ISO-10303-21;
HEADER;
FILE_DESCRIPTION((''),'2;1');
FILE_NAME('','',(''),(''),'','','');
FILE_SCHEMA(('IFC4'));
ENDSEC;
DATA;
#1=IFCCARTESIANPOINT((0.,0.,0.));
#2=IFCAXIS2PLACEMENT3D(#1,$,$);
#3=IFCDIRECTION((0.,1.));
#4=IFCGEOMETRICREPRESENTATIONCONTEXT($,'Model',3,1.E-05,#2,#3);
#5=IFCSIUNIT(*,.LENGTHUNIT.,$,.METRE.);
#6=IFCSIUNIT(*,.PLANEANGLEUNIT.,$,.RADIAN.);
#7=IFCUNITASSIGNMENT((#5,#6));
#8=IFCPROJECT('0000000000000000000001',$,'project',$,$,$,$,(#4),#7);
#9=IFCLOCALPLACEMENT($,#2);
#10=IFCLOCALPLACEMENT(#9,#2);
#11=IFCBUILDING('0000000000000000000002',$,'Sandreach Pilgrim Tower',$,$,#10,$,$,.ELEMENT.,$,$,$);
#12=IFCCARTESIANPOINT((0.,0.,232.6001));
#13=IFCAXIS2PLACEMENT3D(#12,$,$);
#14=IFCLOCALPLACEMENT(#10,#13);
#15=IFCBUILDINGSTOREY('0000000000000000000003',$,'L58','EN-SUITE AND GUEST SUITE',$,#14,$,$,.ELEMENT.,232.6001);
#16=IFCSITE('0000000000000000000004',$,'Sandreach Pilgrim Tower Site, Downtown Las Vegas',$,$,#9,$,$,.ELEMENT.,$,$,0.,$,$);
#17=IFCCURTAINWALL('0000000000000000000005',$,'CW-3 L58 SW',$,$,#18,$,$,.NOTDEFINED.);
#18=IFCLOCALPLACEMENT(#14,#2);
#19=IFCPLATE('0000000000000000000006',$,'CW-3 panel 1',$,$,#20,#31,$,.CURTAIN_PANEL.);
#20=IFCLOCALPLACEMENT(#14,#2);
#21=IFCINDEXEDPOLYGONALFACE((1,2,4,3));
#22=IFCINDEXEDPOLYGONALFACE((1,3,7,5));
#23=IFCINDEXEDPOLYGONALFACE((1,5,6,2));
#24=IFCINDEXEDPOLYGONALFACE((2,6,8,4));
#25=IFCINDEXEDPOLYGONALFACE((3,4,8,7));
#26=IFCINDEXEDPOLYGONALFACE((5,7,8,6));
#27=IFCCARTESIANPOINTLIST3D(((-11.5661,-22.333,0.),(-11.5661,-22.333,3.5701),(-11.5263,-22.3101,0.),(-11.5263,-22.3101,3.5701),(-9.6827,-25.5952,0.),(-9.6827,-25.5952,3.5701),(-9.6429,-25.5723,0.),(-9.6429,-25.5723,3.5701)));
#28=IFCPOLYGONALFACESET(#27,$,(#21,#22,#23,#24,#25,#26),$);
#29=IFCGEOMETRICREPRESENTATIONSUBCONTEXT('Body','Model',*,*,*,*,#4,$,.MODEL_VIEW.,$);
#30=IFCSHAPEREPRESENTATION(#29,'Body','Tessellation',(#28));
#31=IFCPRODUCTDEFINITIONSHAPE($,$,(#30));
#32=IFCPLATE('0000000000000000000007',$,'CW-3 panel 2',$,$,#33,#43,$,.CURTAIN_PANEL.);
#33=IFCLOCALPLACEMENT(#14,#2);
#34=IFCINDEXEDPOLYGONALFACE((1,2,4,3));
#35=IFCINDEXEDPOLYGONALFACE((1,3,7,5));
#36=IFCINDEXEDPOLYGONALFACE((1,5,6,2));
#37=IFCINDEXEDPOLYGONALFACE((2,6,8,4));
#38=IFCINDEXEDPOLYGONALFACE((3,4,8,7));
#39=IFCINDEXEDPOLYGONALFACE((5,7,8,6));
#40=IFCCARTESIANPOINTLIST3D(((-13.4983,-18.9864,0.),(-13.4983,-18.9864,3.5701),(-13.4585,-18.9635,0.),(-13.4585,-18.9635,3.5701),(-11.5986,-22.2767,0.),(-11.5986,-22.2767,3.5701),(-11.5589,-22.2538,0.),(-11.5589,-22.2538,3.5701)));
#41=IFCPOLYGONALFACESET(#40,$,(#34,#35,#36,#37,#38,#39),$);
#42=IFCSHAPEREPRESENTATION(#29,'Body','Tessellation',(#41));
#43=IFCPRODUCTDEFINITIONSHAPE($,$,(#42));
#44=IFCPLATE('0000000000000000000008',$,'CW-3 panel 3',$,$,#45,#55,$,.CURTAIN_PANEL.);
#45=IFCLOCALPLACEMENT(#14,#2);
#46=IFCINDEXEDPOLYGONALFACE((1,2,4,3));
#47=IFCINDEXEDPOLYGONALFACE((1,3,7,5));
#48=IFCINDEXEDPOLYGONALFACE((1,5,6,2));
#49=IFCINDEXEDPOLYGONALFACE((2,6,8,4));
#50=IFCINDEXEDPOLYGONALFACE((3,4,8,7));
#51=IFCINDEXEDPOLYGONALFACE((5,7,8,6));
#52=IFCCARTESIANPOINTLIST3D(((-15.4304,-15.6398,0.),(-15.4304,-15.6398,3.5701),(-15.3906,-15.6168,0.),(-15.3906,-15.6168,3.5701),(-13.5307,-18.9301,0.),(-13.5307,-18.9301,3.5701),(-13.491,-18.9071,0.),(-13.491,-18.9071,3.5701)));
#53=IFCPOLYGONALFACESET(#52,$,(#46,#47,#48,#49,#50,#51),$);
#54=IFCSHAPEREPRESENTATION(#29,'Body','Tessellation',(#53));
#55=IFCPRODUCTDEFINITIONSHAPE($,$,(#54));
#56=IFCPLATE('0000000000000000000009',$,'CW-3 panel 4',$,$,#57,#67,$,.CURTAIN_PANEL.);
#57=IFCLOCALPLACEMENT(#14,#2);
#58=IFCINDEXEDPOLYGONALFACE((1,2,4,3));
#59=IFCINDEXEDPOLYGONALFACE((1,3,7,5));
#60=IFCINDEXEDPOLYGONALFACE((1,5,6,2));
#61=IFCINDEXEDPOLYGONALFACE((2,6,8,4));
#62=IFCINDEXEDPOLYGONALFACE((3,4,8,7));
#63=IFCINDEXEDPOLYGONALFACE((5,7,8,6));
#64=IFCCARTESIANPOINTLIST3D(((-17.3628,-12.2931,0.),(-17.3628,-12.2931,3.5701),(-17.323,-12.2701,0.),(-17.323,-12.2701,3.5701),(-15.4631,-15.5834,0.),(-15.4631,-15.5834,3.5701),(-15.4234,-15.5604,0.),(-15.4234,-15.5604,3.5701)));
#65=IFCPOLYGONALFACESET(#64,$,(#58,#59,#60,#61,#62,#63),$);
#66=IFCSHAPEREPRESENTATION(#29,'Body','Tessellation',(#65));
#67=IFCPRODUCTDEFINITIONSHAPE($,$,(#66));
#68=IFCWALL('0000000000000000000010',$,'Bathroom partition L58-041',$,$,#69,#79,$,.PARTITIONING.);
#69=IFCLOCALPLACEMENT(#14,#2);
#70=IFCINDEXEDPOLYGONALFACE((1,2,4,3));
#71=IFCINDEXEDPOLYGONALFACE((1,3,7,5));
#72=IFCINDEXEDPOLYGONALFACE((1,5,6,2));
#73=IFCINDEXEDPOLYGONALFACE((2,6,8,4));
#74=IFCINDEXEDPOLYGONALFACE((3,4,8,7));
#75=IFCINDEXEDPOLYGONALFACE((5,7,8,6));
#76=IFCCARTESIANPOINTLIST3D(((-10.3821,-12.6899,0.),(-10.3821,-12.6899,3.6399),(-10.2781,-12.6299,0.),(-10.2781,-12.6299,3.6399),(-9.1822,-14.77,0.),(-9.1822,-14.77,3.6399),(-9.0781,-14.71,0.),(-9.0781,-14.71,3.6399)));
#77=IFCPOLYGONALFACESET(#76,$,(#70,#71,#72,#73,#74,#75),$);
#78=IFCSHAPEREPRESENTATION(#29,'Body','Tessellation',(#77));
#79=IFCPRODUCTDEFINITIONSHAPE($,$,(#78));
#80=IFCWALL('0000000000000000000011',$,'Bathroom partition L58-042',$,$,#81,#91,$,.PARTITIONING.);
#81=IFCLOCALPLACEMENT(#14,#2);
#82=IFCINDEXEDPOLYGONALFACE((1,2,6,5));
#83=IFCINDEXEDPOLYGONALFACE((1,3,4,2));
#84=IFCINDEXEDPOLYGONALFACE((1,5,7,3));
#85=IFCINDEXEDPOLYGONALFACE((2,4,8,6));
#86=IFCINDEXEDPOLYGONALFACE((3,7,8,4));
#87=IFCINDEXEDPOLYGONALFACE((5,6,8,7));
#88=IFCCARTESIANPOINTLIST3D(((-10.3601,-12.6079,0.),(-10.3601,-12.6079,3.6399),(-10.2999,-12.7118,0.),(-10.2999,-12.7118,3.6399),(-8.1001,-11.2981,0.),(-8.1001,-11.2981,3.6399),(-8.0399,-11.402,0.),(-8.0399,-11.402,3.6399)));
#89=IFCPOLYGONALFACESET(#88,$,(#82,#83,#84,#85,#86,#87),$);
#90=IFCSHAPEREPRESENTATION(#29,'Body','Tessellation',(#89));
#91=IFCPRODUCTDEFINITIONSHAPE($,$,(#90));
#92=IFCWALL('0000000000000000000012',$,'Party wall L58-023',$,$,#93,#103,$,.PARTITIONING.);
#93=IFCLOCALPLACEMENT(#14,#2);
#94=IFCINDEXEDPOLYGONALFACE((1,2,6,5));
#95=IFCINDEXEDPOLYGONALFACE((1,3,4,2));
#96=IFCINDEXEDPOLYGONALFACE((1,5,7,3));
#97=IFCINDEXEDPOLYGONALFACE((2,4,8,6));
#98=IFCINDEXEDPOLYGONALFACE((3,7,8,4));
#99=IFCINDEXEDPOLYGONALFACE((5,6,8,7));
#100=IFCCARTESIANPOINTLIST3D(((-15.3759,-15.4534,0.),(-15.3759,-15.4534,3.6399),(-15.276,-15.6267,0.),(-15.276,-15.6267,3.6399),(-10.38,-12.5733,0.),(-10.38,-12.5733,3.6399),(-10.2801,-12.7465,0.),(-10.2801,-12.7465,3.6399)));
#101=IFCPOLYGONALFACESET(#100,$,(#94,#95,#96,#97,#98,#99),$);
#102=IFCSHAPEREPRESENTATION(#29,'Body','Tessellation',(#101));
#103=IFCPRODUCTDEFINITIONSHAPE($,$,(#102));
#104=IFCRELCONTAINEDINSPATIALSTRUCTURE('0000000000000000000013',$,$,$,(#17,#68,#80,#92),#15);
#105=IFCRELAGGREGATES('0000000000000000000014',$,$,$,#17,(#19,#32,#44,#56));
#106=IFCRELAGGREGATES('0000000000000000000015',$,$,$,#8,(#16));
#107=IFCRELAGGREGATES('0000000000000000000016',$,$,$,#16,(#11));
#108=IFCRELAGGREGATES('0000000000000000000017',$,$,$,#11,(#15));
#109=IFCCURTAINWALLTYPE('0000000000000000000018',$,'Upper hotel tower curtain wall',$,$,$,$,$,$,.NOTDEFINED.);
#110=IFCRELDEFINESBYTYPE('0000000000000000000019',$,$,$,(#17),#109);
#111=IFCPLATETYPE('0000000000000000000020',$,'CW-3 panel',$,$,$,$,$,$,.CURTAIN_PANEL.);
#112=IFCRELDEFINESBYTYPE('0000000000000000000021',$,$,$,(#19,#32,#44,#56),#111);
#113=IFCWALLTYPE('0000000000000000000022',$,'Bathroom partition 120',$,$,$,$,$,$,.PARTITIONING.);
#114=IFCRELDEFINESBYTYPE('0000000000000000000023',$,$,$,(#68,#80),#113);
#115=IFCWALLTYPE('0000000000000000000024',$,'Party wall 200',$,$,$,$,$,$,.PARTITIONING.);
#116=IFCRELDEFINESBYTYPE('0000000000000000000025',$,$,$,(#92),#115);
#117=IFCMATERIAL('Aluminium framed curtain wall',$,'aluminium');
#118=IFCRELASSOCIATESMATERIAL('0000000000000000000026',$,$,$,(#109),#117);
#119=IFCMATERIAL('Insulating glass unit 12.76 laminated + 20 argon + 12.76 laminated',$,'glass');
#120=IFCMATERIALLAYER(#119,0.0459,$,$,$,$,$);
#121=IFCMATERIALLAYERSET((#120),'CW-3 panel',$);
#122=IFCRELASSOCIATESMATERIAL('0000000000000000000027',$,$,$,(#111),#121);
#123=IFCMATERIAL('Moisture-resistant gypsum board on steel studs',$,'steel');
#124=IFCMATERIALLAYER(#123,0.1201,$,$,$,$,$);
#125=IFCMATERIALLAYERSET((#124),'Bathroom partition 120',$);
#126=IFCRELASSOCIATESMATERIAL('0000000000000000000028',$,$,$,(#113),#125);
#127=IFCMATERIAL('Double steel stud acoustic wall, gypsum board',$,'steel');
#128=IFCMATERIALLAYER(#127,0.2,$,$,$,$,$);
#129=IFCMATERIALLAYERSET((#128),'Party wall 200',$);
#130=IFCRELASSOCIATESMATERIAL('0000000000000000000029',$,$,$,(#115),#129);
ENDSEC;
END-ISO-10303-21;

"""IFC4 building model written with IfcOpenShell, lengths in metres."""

from ifc_helpers import new_model, si_unit, direction, frame, frame_2d, origin, origin_2d, place, context, subcontext, project, spatial, rectangle, extrude, material, layer, layer_set, type_object, element, aggregate, save


model = new_model("IFC4")

# Units and contexts
model_context = context("Model", 3, precision=1e-05, world=origin(), true_north=direction((0.0, 1.0)))
body_context = subcontext(model_context, "Body", "Model", "MODEL_VIEW")
ifc_project = project(units=[si_unit("LENGTHUNIT", "METRE"), si_unit("PLANEANGLEUNIT", "RADIAN")], contexts=[model_context])

# Site, building, storey
site_placement = place(None, origin())
site = spatial("IfcSite", under=ifc_project, at=site_placement, Name="Sandreach Pilgrim Tower Site, Downtown Las Vegas", CompositionType="ELEMENT", RefElevation=0.0)
building_placement = place(site_placement, origin())
building = spatial("IfcBuilding", under=site, at=building_placement, Name="Sandreach Pilgrim Tower", CompositionType="ELEMENT")
storey_placement = place(building_placement, frame((0.0, 0.0, 232.6001)))
storey = spatial("IfcBuildingStorey", under=building, at=storey_placement, Name="L58", Description="EN-SUITE AND GUEST SUITE", CompositionType="ELEMENT", Elevation=232.6001)

# Curtain wall
ifc_material_1 = material(Name="Aluminium framed curtain wall", Category="aluminium")
curtain_wall_type = type_object("IfcCurtainWallType", Name="Upper hotel tower curtain wall", PredefinedType="NOTDEFINED", material=ifc_material_1)
curtain_wall_placement = place(storey_placement, origin())
curtain_wall = element("IfcCurtainWall", 1, at=curtain_wall_placement, inside=storey, type_object=curtain_wall_type, Name="CW-3 L58 SW", PredefinedType="NOTDEFINED")

# Plates
ifc_material_2 = material(Name="Insulating glass unit 12.76 laminated + 20 argon + 12.76 laminated", Category="glass")
ifc_layer_1 = layer(ifc_material_2, 0.0459)
ifc_layer_set_1 = layer_set([ifc_layer_1], Name="CW-3 panel")
plate_type = type_object("IfcPlateType", Name="CW-3 panel", PredefinedType="CURTAIN_PANEL", material=ifc_layer_set_1)
plate_1_placement = place(storey_placement, frame((-10.6045, -23.9526, 0.0), z_axis=(0.0, 0.0, 1.0), x_axis=(-0.5, 0.866025, 0.0)))
plate_1 = element("IfcPlate", 2, at=plate_1_placement, type_object=plate_type, Name="CW-3 panel 1", PredefinedType="CURTAIN_PANEL", context=body_context, shape_type="SweptSolid", body=[
    extrude(rectangle(XDim=3.7668, YDim=0.0459, at=origin_2d()), origin(), (0.0, 0.0, 1.0), 3.5701),
])
plate_2_placement = place(storey_placement, frame((-12.5286, -20.6201, 0.0), z_axis=(0.0, 0.0, 1.0), x_axis=(-0.5, 0.866025, 0.0)))
plate_2 = element("IfcPlate", 3, at=plate_2_placement, type_object=plate_type, Name="CW-3 panel 2", PredefinedType="CURTAIN_PANEL", context=body_context, shape_type="SweptSolid", body=[
    extrude(rectangle(XDim=3.7993, YDim=0.0459, at=origin_2d()), origin(), (0.0, 0.0, 1.0), 3.5701),
])
plate_3_placement = place(storey_placement, frame((-14.4607, -17.2734, 0.0), z_axis=(0.0, 0.0, 1.0), x_axis=(-0.5, 0.866025, 0.0)))
plate_3 = element("IfcPlate", 4, at=plate_3_placement, type_object=plate_type, Name="CW-3 panel 3", PredefinedType="CURTAIN_PANEL", context=body_context, shape_type="SweptSolid", body=[
    extrude(rectangle(XDim=3.7993, YDim=0.0459, at=origin_2d()), origin(), (0.0, 0.0, 1.0), 3.5701),
])
plate_4_placement = place(storey_placement, frame((-16.3931, -13.9268, 0.0), z_axis=(0.0, 0.0, 1.0), x_axis=(-0.5, 0.866025, 0.0)))
plate_4 = element("IfcPlate", 5, at=plate_4_placement, type_object=plate_type, Name="CW-3 panel 4", PredefinedType="CURTAIN_PANEL", context=body_context, shape_type="SweptSolid", body=[
    extrude(rectangle(XDim=3.7993, YDim=0.0459, at=origin_2d()), origin(), (0.0, 0.0, 1.0), 3.5701),
])
aggregate(curtain_wall, [plate_1, plate_2, plate_3, plate_4])

# Walls
ifc_material_3 = material(Name="Moisture-resistant gypsum board on steel studs", Category="steel")
ifc_layer_2 = layer(ifc_material_3, 0.1201)
ifc_layer_set_2 = layer_set([ifc_layer_2], Name="Bathroom partition 120")
wall_type_1 = type_object("IfcWallType", Name="Bathroom partition 120", PredefinedType="PARTITIONING", material=ifc_layer_set_2)
wall_1_placement = place(storey_placement, frame((-10.3301, -12.6599, 0.0), z_axis=(0.0, 0.0, 1.0), x_axis=(0.499693, -0.866203, 0.0)))
element("IfcWall", 6, at=wall_1_placement, inside=storey, type_object=wall_type_1, Name="Bathroom partition L58-041", PredefinedType="PARTITIONING", context=body_context, shape_type="SweptSolid", body=[
    extrude(rectangle(XDim=2.4014, YDim=0.1201, at=frame_2d((1.2007, 0.0))), origin(), (0.0, 0.0, 1.0), 3.6399),
])
wall_2_placement = place(storey_placement, frame((-10.3301, -12.6599, 0.0), z_axis=(0.0, 0.0, 1.0), x_axis=(0.865196, 0.501434, 0.0)))
element("IfcWall", 7, at=wall_2_placement, inside=storey, type_object=wall_type_1, Name="Bathroom partition L58-042", PredefinedType="PARTITIONING", context=body_context, shape_type="SweptSolid", body=[
    extrude(rectangle(XDim=2.6121, YDim=0.1201, at=frame_2d((1.3062, 0.0))), origin(), (0.0, 0.0, 1.0), 3.6399),
])
ifc_material_4 = material(Name="Double steel stud acoustic wall, gypsum board", Category="steel")
ifc_layer_3 = layer(ifc_material_4, 0.2)
ifc_layer_set_3 = layer_set([ifc_layer_3], Name="Party wall 200")
wall_type_2 = type_object("IfcWallType", Name="Party wall 200", PredefinedType="PARTITIONING", material=ifc_layer_set_3)
wall_3_placement = place(storey_placement, frame((-15.3259, -15.54, 0.0), z_axis=(0.0, 0.0, 1.0), x_axis=(0.866343, 0.49945, 0.0)))
element("IfcWall", 8, at=wall_3_placement, inside=storey, type_object=wall_type_2, Name="Party wall L58-023", PredefinedType="PARTITIONING", context=body_context, shape_type="SweptSolid", body=[
    extrude(rectangle(XDim=5.7666, YDim=0.2, at=frame_2d((2.8833, 0.0))), origin(), (0.0, 0.0, 1.0), 3.6399),
])

save(model, "model.ifc")
